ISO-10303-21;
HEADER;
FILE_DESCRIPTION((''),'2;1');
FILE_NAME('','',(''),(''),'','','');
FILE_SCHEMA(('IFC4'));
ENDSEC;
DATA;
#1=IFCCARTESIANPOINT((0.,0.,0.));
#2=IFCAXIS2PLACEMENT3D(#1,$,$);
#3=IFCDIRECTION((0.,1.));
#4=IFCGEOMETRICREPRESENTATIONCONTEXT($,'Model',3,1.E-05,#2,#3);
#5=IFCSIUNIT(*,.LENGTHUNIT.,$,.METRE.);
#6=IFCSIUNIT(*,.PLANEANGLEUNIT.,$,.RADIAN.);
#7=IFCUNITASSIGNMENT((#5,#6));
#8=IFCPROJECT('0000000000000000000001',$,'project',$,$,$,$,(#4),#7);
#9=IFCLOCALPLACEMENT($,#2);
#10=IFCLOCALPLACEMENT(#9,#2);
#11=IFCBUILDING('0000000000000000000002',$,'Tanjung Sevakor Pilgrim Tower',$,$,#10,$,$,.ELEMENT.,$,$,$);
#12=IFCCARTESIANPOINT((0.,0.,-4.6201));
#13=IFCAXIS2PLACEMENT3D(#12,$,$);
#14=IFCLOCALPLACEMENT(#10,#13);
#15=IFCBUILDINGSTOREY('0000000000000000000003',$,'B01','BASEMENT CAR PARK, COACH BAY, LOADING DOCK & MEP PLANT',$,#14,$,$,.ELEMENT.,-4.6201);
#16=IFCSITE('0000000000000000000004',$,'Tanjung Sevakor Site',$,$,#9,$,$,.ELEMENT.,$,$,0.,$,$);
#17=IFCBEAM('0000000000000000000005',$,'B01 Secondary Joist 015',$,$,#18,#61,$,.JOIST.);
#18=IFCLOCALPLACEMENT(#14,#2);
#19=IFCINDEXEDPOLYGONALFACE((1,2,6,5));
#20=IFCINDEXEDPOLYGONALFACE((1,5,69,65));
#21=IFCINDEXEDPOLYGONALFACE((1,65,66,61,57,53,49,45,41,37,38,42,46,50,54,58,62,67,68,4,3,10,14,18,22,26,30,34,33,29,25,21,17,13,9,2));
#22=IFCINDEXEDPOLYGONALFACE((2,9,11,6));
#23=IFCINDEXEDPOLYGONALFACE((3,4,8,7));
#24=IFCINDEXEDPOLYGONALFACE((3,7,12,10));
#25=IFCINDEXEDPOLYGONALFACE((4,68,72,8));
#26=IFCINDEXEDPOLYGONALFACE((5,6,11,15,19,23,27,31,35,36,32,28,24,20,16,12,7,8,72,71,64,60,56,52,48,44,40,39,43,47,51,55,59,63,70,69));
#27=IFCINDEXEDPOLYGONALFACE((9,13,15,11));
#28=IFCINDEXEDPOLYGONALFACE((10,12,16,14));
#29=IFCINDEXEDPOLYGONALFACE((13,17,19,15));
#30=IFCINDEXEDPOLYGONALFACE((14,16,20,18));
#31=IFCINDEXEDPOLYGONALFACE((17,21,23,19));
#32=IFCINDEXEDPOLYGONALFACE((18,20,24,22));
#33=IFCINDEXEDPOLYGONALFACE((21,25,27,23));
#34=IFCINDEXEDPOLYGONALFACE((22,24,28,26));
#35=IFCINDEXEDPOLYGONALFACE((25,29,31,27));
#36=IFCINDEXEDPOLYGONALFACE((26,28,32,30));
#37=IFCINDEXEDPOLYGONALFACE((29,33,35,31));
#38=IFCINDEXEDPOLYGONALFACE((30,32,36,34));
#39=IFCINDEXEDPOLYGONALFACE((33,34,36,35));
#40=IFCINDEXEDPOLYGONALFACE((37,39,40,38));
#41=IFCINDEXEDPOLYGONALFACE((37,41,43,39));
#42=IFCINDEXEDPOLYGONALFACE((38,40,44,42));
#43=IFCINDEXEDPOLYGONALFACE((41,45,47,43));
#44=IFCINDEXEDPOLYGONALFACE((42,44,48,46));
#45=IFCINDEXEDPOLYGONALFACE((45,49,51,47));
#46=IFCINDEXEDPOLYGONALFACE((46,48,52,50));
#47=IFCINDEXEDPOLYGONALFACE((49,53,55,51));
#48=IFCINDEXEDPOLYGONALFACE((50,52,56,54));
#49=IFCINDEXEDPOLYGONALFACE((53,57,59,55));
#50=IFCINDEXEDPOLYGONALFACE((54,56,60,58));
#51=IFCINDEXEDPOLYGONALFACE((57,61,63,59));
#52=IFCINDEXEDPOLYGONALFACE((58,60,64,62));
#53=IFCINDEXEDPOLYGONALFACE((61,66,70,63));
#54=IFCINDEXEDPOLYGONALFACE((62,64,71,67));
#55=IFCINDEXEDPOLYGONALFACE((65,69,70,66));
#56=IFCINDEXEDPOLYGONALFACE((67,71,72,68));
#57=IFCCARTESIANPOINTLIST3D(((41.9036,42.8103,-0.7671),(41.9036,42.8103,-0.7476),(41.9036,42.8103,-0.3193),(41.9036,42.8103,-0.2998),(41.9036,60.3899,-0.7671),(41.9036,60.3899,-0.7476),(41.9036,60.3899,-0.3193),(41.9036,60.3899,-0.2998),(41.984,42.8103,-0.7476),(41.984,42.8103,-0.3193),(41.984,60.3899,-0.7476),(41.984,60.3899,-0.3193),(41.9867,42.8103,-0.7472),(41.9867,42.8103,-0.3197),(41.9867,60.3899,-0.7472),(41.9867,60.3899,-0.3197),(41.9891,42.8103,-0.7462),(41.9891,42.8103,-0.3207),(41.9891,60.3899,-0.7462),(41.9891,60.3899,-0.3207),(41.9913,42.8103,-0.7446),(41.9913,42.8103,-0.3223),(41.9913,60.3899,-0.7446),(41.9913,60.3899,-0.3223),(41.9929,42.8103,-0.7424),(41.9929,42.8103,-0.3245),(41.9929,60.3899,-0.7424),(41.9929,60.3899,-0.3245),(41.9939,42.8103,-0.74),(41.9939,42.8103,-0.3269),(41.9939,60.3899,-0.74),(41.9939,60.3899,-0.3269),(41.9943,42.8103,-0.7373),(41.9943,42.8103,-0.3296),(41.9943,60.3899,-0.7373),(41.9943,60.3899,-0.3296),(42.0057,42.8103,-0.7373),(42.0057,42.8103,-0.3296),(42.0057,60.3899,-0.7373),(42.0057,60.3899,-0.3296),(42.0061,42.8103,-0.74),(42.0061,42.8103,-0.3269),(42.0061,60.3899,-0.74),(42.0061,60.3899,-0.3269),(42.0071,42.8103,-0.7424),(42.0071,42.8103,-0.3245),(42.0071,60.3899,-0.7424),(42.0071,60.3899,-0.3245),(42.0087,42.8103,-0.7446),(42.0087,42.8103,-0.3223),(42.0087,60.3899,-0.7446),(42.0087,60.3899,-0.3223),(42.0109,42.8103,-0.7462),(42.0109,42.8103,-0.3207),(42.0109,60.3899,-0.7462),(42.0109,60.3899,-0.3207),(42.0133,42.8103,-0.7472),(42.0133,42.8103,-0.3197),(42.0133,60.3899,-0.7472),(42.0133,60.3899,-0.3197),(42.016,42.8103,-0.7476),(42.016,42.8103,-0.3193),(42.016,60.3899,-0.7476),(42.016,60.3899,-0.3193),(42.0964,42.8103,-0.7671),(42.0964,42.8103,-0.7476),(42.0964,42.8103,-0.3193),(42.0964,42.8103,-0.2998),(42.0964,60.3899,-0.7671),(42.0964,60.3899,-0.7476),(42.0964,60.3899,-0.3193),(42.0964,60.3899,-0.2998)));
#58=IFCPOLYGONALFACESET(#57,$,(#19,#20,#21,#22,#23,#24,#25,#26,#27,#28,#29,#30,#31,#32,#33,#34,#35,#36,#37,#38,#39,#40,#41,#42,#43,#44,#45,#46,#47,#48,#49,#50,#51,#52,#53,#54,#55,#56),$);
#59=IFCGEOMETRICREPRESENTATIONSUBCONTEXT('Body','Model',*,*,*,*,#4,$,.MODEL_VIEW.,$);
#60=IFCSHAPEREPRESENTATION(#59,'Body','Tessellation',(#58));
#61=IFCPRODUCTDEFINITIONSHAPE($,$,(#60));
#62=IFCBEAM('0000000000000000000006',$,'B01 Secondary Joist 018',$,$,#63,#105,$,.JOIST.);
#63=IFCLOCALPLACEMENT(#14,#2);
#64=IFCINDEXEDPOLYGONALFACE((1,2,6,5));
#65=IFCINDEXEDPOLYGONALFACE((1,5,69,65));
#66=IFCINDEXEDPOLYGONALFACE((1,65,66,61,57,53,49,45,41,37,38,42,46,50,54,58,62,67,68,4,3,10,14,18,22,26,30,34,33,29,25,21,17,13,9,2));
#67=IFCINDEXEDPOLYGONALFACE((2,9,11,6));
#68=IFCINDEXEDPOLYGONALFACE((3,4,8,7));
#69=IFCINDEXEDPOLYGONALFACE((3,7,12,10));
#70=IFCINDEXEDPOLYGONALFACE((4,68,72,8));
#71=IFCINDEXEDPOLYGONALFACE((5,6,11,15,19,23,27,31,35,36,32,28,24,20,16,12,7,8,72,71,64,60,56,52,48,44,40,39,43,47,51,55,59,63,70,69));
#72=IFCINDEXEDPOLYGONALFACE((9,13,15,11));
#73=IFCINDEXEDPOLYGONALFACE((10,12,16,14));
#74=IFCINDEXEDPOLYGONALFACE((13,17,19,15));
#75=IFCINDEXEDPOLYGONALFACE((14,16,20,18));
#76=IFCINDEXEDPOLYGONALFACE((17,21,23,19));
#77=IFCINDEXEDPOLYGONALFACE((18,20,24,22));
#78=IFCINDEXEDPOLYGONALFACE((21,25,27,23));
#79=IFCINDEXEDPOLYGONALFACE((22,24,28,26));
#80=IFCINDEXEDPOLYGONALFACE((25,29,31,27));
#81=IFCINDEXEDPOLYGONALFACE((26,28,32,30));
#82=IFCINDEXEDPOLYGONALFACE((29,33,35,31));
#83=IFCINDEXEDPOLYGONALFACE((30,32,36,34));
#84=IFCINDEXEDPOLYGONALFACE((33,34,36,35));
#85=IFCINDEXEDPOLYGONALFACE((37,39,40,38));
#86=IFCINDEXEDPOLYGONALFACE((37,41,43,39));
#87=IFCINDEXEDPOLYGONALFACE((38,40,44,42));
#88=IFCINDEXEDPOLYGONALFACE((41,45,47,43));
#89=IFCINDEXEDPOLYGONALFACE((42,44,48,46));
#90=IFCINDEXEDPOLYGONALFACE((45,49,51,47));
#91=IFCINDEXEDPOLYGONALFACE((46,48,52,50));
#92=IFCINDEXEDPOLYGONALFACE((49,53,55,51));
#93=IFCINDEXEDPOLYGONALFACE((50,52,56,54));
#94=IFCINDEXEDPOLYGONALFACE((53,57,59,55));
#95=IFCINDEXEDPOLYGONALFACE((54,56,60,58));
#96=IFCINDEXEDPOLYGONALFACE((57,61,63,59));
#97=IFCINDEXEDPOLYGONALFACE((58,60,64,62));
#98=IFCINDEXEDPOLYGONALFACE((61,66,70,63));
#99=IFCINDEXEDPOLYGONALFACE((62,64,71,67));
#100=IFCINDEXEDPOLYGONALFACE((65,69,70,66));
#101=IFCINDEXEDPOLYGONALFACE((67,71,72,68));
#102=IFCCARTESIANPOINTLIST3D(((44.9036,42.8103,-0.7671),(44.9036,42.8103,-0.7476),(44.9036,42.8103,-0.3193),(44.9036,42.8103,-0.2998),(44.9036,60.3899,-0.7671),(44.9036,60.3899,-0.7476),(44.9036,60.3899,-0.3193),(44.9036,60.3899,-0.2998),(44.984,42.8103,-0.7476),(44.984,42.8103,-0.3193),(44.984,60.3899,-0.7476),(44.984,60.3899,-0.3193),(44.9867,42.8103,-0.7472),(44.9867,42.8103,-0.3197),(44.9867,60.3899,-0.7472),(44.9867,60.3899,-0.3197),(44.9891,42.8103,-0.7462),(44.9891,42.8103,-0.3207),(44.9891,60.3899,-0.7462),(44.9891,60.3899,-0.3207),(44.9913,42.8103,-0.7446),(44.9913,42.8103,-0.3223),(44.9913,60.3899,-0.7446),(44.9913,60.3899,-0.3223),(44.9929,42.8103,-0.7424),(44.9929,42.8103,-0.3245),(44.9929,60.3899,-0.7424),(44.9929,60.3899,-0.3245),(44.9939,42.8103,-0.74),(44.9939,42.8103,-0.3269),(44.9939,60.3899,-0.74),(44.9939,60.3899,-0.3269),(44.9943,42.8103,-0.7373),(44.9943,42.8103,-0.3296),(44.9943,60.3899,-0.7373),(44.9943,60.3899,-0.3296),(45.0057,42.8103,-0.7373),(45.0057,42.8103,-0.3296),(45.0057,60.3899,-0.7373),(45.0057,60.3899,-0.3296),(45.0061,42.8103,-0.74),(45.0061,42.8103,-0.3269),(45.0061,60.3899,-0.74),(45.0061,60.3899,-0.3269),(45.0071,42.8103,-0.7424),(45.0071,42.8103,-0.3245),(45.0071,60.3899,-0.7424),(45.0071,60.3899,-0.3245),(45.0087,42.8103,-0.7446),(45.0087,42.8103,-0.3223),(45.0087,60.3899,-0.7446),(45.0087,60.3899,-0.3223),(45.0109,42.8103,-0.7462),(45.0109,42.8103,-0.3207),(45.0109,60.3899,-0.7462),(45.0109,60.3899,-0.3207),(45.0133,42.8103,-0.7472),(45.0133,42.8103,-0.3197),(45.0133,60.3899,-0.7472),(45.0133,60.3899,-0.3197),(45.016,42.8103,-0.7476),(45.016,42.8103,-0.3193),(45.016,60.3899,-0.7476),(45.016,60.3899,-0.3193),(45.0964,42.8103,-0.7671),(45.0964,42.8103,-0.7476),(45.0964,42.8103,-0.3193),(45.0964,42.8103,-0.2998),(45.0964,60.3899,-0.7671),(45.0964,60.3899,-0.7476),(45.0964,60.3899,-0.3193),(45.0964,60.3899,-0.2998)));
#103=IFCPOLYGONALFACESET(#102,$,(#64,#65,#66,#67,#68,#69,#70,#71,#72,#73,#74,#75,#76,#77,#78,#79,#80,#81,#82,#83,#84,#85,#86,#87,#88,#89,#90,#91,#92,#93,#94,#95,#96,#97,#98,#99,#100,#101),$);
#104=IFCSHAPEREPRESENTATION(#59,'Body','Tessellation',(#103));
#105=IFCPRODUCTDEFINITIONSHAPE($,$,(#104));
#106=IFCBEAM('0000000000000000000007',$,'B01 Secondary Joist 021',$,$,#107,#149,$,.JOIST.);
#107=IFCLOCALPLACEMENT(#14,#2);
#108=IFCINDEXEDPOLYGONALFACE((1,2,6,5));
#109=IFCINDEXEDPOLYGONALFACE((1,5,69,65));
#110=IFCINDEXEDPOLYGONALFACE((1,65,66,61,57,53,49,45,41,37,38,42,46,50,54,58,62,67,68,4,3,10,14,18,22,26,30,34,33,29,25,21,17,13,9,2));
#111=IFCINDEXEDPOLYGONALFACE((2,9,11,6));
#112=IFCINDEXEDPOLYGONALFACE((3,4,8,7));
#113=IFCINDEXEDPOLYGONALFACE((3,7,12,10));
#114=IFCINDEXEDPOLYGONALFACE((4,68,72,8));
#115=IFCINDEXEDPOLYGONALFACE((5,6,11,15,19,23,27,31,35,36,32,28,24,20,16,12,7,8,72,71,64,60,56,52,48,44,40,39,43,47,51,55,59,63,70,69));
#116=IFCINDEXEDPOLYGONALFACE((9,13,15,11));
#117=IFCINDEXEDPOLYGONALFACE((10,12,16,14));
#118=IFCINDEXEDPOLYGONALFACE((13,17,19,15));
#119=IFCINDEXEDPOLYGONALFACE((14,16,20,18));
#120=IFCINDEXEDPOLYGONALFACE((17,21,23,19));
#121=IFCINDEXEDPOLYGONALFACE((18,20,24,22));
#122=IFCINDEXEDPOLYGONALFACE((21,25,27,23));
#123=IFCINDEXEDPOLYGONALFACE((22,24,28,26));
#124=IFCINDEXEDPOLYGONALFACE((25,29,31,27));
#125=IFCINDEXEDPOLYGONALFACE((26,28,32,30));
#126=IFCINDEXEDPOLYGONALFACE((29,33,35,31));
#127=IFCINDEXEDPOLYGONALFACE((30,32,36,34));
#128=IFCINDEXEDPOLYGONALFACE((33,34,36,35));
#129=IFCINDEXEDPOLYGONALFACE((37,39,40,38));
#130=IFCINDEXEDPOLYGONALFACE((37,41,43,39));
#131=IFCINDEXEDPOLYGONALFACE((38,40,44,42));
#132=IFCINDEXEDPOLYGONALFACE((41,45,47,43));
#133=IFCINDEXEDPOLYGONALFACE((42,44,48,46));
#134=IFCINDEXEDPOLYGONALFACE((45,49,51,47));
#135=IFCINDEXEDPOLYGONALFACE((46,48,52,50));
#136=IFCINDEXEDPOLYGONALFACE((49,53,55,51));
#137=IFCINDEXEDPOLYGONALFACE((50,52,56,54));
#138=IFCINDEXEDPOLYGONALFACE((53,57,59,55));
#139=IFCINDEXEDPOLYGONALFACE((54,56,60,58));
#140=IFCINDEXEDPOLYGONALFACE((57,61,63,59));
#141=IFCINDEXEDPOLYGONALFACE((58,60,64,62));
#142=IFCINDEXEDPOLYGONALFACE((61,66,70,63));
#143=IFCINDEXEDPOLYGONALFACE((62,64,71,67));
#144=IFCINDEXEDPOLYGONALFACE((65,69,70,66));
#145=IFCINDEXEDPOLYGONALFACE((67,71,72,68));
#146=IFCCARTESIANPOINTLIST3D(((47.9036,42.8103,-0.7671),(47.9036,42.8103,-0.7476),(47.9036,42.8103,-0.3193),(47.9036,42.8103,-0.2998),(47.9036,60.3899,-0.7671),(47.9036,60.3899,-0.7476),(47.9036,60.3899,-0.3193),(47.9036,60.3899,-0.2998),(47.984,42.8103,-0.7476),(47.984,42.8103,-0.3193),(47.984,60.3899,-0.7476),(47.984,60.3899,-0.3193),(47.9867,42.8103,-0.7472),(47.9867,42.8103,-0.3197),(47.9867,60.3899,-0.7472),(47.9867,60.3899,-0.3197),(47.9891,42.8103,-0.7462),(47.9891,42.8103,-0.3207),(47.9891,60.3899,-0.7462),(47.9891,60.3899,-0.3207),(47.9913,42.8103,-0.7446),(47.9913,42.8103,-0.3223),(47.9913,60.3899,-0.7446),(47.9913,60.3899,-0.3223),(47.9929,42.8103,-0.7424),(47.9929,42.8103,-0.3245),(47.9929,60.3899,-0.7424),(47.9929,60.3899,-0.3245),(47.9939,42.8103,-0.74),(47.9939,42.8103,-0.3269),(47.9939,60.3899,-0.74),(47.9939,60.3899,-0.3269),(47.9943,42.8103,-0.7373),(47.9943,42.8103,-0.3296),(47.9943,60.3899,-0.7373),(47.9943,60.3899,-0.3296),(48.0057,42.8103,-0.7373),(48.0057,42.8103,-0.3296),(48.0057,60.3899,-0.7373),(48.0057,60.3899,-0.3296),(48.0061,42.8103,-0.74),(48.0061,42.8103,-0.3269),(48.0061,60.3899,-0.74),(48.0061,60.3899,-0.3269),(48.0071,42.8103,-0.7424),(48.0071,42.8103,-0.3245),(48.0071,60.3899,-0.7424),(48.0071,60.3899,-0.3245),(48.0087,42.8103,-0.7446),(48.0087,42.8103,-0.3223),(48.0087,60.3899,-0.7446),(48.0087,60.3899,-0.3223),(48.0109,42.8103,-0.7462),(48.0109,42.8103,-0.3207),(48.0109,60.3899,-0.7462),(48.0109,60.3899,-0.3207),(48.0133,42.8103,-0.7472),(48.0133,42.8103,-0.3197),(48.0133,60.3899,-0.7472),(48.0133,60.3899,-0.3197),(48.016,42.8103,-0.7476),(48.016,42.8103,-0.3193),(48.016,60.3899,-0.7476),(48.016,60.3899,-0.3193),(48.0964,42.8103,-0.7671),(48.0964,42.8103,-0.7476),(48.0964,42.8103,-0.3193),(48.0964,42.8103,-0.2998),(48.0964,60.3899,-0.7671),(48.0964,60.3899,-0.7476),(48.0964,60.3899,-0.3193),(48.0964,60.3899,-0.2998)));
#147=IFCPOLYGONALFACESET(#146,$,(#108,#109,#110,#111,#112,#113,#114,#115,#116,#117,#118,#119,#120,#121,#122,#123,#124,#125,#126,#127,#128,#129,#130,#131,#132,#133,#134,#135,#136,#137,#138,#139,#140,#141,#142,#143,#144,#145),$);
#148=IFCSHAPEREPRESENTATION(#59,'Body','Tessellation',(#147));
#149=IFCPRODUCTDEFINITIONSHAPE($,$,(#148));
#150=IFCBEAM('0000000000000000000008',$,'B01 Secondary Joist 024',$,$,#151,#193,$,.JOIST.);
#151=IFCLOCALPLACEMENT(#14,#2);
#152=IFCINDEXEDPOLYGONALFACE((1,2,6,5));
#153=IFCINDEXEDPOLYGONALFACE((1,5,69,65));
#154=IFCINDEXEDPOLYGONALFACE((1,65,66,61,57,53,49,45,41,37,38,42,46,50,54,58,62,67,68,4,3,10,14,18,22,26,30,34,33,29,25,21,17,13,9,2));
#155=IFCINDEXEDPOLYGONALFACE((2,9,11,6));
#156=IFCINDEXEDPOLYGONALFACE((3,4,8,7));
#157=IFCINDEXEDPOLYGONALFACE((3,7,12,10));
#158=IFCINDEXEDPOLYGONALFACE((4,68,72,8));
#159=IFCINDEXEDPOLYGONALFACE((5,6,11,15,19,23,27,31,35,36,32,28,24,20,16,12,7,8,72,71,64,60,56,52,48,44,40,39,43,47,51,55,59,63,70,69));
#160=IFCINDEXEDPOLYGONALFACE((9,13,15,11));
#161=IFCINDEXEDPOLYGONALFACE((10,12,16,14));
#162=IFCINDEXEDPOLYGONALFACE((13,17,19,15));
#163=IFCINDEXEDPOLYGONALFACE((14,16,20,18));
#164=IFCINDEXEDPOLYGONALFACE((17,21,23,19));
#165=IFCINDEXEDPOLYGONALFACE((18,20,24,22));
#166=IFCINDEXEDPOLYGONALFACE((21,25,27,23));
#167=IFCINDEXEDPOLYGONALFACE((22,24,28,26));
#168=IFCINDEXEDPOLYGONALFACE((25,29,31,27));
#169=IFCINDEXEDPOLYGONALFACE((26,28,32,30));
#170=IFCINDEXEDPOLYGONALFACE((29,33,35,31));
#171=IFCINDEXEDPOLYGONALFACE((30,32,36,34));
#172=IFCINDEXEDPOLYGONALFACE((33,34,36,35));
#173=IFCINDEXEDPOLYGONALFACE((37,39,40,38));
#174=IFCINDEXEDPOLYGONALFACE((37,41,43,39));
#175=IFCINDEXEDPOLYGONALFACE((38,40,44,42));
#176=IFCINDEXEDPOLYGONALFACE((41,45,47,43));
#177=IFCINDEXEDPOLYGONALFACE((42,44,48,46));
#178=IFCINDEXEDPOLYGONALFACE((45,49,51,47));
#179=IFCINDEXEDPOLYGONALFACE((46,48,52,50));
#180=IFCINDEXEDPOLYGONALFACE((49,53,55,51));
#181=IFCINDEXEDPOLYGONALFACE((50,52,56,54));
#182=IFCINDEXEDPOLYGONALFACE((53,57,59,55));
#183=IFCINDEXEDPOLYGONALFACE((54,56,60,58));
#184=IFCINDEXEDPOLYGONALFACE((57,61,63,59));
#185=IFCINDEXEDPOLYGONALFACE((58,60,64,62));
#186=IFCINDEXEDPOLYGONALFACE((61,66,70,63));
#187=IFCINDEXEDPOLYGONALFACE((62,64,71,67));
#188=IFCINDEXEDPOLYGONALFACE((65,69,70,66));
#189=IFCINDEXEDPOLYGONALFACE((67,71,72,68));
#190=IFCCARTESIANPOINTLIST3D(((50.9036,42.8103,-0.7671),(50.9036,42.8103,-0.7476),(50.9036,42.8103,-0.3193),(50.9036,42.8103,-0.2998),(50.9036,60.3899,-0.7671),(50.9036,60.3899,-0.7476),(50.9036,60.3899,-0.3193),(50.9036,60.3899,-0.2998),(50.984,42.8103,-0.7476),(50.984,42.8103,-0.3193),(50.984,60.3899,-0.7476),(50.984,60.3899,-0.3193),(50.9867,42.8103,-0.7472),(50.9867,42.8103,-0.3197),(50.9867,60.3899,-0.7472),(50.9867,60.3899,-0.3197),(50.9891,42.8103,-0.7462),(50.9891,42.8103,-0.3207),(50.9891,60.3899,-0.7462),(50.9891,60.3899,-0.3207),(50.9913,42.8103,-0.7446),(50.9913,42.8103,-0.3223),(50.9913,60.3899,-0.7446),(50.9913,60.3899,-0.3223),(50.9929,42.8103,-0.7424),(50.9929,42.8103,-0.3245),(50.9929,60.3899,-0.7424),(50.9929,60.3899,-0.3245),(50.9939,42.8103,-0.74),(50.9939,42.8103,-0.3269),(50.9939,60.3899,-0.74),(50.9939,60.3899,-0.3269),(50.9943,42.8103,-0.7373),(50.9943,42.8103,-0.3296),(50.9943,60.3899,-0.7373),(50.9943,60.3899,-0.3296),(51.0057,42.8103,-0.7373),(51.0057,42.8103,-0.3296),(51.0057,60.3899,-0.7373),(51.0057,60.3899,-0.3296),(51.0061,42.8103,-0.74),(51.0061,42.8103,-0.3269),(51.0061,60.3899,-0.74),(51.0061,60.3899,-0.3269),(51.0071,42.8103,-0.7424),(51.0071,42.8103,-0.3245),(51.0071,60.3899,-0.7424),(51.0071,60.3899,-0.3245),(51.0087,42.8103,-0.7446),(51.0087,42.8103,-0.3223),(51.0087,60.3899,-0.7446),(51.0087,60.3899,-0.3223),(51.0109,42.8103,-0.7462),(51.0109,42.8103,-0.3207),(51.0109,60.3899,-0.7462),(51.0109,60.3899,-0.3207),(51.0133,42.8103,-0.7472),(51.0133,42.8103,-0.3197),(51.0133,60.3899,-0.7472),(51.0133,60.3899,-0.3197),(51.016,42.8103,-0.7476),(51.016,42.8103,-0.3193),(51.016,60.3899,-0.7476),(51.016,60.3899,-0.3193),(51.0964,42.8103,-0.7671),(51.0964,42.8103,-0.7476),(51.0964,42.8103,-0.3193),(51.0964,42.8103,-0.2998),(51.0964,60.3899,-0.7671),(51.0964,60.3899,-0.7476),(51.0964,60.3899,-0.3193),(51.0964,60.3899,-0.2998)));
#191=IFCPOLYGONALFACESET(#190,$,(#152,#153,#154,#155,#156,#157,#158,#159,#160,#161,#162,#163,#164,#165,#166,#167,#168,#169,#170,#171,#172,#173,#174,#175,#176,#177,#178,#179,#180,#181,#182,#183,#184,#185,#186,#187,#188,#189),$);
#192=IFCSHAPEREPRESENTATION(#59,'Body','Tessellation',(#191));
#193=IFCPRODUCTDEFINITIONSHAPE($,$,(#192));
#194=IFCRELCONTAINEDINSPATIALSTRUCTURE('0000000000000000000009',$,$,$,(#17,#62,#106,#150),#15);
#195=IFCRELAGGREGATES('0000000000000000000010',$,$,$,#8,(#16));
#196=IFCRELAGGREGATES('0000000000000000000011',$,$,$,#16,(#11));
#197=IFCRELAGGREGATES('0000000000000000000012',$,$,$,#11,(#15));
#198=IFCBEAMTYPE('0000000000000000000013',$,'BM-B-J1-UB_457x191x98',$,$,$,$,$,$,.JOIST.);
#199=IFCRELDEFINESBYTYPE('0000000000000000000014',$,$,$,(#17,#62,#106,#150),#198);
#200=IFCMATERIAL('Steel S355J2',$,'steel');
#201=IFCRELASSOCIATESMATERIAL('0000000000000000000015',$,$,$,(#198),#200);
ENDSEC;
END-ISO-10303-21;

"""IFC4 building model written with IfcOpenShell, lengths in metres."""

from ifc_helpers import new_model, si_unit, direction, frame, origin, origin_2d, place, context, subcontext, project, spatial, i_section, extrude, material, material_profile, profile_set, type_object, element, save


model = new_model("IFC4")

# Units and contexts
model_context = context("Model", 3, precision=1e-05, world=origin(), true_north=direction((0.0, 1.0)))
body_context = subcontext(model_context, "Body", "Model", "MODEL_VIEW")
ifc_project = project(units=[si_unit("LENGTHUNIT", "METRE"), si_unit("PLANEANGLEUNIT", "RADIAN")], contexts=[model_context])

# Site, building, storey
site_placement = place(None, origin())
site = spatial("IfcSite", under=ifc_project, at=site_placement, Name="Tanjung Sevakor Site", CompositionType="ELEMENT", RefElevation=0.0)
building_placement = place(site_placement, origin())
building = spatial("IfcBuilding", under=site, at=building_placement, Name="Tanjung Sevakor Pilgrim Tower", CompositionType="ELEMENT")
storey_placement = place(building_placement, frame((0.0, 0.0, -4.6201)))
storey = spatial("IfcBuildingStorey", under=building, at=storey_placement, Name="B01", Description="BASEMENT CAR PARK, COACH BAY, LOADING DOCK & MEP PLANT", CompositionType="ELEMENT", Elevation=-4.6201)

# Beams
ifc_material_1 = material(Name="Steel S355J2", Category="steel")
ifc_material_profile_1 = material_profile(ifc_material_1, i_section(OverallWidth=0.1929, OverallDepth=0.4673, WebThickness=0.0115, FlangeThickness=0.0195, FilletRadius=0.0103, at=origin_2d()))
ifc_profile_set_1 = profile_set([ifc_material_profile_1], Name="Steel S355J2")
beam_type_1 = type_object("IfcBeamType", Name="BM-B-J1-UB_457x191x98", PredefinedType="JOIST", material=ifc_profile_set_1)
for number, where, z_axis, x_axis, name in (
    (1, (42.0, 42.8103, -0.5334), (0.0, 1.0, 0.0), (-1.0, 0.0, 0.0), "B01 Secondary Joist 015"),
    (2, (45.0, 42.8103, -0.5334), (0.0, 1.0, 0.0), (-1.0, 0.0, 0.0), "B01 Secondary Joist 018"),
    (3, (48.0, 42.8103, -0.5334), (0.0, 1.0, 0.0), (-1.0, 0.0, 0.0), "B01 Secondary Joist 021"),
    (4, (51.0, 42.8103, -0.5334), (0.0, 1.0, 0.0), (-1.0, 0.0, 0.0), "B01 Secondary Joist 024"),
):
    element("IfcBeam", number, at=place(storey_placement, frame(where, z_axis=z_axis, x_axis=x_axis)), inside=storey, type_object=beam_type_1, Name=name, PredefinedType="JOIST", context=body_context, shape_type="SweptSolid", body=[
        extrude(i_section(OverallWidth=0.1929, OverallDepth=0.4673, WebThickness=0.0115, FlangeThickness=0.0195, FilletRadius=0.0103, at=origin_2d()), origin(), (0.0, 0.0, 1.0), 17.5796),
    ])

save(model, "model.ifc")
